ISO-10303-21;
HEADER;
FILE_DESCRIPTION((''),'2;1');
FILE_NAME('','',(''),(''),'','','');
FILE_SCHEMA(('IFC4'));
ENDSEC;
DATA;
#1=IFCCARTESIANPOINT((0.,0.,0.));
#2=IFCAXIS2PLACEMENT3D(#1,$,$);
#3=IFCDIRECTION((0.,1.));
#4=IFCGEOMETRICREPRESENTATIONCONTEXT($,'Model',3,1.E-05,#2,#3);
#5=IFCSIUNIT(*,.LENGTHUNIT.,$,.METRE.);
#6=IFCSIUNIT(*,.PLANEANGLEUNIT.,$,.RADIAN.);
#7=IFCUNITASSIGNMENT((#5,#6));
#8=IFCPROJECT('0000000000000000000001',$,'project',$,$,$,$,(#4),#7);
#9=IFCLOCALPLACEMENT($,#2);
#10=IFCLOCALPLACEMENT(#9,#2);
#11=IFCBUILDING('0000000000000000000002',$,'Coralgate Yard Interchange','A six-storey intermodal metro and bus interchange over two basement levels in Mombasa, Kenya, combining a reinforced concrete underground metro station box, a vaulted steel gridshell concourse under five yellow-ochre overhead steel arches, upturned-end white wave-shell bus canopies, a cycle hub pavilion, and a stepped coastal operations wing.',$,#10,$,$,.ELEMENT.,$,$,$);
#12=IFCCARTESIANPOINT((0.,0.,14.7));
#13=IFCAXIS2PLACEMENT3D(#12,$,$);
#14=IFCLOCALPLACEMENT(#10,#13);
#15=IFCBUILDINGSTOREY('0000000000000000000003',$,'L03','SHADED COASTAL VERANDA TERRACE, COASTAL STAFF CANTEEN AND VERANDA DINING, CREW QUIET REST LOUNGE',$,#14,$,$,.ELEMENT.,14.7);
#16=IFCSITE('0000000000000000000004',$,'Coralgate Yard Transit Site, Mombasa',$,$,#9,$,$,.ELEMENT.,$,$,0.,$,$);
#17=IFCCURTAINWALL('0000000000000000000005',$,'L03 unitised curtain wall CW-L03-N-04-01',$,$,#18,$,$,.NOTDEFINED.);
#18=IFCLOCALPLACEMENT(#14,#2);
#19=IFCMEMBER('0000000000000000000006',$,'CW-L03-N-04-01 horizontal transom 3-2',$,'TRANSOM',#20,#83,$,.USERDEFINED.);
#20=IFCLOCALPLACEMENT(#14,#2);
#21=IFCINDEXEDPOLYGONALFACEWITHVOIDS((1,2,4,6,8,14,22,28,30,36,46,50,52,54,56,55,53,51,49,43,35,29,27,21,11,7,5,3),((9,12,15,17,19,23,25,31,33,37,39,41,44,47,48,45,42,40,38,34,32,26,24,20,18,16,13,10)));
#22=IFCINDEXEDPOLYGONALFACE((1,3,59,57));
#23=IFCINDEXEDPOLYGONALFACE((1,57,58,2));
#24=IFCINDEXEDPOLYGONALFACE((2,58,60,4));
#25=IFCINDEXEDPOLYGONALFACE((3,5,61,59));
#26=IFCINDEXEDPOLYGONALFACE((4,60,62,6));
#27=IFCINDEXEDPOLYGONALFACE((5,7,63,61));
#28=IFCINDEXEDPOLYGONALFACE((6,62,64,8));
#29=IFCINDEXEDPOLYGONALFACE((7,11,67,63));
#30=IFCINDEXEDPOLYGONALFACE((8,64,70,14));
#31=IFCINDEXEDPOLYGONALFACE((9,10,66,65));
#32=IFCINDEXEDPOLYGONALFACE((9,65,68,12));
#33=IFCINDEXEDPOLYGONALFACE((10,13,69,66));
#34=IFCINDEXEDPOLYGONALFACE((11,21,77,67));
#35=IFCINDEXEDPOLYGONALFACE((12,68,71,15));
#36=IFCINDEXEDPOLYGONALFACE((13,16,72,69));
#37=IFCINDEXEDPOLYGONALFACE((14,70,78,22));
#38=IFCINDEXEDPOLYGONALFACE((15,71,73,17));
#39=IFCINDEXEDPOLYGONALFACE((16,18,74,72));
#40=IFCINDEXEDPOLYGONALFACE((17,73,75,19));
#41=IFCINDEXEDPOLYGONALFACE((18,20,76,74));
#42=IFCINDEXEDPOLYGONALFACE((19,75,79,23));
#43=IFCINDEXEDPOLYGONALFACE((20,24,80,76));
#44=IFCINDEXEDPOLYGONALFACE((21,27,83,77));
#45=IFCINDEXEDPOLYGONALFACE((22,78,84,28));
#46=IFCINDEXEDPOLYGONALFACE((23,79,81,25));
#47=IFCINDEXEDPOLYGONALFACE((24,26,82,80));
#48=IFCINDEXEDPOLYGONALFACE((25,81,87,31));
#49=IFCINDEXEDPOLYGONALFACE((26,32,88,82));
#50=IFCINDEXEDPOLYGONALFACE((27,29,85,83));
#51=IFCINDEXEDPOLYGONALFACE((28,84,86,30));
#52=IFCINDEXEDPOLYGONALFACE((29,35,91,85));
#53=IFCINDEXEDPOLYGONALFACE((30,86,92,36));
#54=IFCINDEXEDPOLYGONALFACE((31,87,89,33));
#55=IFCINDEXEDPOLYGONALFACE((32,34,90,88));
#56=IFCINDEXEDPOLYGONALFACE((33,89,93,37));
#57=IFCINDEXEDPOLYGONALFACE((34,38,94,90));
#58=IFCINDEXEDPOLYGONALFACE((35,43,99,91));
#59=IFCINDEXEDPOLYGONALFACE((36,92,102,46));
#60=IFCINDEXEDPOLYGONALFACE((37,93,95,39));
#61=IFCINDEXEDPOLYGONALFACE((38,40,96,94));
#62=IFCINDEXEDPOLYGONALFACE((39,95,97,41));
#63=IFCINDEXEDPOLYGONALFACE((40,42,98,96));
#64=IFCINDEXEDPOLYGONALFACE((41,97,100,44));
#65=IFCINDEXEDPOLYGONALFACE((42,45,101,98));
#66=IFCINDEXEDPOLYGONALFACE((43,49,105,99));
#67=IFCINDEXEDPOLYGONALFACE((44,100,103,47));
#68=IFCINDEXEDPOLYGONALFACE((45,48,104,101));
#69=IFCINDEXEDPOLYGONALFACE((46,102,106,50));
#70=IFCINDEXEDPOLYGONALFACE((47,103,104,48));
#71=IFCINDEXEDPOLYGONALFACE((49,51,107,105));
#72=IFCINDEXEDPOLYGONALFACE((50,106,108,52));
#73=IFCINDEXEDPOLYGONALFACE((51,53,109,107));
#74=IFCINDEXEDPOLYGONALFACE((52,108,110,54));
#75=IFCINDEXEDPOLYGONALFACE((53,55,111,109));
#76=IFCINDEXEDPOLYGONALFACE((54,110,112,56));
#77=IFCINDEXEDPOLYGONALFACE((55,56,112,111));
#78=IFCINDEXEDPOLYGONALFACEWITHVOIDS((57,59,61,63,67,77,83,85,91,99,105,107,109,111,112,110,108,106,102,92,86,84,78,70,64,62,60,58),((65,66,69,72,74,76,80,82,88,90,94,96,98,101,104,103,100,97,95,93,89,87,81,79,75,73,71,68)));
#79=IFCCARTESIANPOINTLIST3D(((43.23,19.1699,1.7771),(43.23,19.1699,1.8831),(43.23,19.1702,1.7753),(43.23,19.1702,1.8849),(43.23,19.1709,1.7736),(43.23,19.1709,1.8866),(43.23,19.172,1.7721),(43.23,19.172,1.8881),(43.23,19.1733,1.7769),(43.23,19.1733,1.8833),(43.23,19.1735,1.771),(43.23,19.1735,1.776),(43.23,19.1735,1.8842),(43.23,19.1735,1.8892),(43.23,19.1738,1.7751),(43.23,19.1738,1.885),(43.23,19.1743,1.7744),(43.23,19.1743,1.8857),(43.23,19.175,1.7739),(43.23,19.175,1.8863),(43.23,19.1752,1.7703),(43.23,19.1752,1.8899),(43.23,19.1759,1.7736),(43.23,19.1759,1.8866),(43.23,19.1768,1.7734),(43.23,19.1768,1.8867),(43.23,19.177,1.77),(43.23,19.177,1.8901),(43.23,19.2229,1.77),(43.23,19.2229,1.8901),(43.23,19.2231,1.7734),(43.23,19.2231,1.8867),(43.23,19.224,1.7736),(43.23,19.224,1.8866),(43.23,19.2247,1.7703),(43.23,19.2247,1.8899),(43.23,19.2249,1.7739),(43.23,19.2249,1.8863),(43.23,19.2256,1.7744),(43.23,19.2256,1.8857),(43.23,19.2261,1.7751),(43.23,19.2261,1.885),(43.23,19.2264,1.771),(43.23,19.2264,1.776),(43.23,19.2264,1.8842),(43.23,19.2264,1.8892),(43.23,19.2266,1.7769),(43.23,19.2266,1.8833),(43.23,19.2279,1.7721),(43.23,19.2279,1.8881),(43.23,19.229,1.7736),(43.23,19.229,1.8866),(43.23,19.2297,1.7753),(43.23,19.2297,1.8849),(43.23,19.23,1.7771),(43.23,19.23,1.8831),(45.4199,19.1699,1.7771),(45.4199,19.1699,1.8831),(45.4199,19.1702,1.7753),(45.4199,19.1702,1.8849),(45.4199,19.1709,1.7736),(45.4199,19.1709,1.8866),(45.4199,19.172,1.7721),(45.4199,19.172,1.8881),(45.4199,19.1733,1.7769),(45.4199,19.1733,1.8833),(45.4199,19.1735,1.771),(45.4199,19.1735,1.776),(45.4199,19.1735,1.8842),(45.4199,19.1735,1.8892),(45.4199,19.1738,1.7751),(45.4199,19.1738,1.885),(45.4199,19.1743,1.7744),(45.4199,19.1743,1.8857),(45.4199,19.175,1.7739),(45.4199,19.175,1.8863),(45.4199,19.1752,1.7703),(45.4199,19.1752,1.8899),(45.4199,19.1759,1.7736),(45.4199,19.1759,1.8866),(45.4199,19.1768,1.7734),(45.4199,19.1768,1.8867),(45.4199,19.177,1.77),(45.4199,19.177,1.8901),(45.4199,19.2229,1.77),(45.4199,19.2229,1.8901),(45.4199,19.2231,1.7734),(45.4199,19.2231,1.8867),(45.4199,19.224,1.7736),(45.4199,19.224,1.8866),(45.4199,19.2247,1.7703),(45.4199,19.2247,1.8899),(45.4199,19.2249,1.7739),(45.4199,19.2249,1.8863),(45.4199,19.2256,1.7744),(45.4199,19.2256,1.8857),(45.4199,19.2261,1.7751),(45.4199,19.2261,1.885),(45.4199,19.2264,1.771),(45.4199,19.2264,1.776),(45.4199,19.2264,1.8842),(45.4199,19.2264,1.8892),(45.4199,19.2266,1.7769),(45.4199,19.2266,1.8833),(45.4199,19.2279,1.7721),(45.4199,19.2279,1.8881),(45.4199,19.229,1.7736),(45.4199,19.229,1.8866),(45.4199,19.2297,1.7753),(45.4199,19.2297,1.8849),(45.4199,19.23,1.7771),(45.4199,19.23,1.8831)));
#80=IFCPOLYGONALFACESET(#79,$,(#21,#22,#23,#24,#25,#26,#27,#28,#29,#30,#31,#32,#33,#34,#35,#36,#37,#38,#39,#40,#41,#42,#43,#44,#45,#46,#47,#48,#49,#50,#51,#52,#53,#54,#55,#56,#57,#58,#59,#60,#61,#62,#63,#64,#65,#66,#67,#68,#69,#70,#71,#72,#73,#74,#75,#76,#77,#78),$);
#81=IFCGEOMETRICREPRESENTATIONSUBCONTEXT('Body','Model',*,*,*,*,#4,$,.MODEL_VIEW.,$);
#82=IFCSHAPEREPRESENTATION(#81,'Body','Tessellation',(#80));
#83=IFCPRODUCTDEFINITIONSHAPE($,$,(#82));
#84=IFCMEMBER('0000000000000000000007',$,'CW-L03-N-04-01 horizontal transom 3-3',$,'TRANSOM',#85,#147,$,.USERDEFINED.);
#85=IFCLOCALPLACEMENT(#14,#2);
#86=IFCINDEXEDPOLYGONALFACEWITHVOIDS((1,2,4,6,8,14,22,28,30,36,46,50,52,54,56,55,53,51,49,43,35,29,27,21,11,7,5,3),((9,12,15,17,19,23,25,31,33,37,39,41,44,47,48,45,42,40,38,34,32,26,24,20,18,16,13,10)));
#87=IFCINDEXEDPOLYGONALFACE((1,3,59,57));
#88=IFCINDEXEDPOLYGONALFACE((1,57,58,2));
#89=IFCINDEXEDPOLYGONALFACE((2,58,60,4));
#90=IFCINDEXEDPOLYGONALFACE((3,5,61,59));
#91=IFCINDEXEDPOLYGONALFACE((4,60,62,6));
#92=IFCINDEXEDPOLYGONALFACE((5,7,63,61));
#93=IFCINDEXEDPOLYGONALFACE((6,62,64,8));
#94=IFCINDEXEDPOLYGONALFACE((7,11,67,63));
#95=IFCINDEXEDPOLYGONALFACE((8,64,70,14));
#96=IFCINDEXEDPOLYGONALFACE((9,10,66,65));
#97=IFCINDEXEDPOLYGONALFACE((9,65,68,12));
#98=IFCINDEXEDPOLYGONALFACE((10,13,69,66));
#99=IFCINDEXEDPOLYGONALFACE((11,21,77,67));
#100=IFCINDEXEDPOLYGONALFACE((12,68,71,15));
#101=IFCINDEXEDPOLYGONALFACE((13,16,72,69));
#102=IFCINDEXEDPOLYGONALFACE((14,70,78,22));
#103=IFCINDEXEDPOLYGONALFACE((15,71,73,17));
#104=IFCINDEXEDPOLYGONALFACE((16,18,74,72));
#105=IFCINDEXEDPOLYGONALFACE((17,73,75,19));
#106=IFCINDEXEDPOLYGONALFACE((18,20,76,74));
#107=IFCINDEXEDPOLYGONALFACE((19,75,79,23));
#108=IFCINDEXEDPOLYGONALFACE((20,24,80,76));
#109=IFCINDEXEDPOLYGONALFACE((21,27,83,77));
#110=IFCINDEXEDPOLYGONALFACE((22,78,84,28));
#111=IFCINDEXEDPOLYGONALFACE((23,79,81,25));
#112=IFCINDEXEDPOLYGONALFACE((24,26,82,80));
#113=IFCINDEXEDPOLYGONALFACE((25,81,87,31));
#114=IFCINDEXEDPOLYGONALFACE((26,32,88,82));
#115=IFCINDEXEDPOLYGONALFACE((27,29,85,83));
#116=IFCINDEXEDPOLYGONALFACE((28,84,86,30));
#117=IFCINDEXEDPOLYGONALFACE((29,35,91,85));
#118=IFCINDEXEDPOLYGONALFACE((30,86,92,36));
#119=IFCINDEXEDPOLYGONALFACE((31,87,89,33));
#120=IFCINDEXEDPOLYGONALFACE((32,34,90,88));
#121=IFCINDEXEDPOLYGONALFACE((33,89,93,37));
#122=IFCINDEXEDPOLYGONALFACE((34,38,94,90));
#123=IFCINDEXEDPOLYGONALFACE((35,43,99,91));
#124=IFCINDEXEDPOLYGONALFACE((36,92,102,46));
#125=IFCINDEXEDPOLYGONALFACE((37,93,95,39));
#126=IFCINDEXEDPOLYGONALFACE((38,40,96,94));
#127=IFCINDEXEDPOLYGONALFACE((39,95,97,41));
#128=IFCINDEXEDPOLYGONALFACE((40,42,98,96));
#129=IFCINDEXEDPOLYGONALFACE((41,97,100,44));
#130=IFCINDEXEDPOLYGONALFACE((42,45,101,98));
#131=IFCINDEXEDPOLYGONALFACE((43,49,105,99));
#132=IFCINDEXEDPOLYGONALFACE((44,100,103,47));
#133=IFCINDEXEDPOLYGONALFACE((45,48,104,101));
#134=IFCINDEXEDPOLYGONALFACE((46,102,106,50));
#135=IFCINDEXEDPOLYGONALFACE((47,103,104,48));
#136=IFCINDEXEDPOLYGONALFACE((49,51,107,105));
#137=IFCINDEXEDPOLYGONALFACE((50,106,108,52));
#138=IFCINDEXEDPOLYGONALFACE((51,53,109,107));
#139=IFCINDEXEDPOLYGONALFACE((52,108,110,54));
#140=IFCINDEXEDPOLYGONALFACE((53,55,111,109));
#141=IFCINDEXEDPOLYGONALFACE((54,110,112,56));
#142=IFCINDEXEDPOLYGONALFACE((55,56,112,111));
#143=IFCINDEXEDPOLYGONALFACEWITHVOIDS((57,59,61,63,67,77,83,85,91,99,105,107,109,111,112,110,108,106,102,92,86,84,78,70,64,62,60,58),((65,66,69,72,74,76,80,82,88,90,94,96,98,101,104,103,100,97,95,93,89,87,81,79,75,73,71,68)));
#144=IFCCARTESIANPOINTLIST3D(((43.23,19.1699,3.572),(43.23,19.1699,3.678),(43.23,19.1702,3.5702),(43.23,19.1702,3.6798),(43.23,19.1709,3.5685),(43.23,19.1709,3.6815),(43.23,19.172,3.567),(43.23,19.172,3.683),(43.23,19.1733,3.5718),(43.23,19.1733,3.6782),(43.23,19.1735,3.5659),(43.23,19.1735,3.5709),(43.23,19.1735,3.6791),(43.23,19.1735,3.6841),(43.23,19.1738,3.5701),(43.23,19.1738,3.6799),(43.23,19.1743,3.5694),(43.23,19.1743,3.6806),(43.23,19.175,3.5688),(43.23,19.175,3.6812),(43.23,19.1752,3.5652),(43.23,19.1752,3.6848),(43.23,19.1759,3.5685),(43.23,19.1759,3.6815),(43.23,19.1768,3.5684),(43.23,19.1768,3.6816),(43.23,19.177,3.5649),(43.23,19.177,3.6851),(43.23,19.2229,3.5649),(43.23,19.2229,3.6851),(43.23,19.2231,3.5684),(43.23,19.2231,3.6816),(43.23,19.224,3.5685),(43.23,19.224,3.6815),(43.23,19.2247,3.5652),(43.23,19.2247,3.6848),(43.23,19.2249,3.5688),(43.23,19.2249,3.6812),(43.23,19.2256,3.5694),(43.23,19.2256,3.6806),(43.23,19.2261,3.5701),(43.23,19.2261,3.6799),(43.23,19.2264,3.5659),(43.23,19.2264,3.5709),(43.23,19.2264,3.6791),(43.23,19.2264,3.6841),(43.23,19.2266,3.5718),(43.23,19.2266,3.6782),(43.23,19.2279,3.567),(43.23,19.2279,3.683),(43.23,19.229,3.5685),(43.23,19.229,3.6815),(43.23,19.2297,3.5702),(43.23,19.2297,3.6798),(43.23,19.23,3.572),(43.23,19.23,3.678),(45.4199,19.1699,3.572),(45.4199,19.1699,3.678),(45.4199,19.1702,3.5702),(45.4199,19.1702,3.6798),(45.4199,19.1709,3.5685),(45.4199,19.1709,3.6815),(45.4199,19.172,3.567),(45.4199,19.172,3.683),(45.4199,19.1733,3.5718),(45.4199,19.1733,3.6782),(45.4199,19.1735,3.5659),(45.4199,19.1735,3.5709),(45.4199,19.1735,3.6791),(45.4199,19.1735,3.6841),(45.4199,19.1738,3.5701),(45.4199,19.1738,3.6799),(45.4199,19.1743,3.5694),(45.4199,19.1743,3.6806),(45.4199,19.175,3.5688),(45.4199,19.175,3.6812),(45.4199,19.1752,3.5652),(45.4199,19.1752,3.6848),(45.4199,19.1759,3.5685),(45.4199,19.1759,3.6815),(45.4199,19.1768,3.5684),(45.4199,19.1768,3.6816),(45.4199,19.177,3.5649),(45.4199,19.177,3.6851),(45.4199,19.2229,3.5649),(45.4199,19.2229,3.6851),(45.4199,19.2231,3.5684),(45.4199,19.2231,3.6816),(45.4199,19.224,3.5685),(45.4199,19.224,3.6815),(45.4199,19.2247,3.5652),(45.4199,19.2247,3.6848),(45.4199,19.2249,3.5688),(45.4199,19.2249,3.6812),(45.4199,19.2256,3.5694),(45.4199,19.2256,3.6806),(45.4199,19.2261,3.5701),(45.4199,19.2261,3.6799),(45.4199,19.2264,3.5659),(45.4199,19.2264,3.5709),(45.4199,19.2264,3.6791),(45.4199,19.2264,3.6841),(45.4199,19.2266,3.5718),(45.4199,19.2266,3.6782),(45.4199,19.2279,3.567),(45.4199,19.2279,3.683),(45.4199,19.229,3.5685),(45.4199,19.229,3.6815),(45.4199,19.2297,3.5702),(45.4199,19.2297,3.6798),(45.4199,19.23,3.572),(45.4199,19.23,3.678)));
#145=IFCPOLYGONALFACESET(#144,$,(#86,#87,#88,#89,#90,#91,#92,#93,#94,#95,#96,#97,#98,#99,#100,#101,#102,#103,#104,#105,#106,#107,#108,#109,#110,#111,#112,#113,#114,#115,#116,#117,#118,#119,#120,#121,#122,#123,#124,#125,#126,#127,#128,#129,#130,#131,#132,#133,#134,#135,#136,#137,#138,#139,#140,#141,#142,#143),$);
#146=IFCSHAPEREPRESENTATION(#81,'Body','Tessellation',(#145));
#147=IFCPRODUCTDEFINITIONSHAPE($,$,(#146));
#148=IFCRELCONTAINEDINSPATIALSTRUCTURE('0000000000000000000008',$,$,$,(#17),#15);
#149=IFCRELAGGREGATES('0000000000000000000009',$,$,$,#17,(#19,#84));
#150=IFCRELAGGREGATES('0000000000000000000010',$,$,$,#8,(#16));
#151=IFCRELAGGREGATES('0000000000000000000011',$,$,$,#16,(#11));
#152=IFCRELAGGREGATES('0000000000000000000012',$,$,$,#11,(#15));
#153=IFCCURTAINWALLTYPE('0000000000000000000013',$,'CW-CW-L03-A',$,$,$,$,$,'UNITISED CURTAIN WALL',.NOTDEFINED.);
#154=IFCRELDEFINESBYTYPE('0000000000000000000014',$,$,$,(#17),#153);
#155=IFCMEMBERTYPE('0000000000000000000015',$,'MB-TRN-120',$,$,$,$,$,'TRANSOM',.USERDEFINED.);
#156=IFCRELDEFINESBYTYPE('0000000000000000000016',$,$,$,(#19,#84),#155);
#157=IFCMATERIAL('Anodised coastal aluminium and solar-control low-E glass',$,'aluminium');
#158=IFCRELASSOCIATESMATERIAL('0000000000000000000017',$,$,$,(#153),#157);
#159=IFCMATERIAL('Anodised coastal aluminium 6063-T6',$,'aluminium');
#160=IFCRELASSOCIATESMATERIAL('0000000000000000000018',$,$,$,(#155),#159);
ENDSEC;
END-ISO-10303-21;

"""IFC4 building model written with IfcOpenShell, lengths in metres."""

from ifc_helpers import new_model, si_unit, direction, frame, origin, origin_2d, place, context, subcontext, project, spatial, hollow_rectangle, extrude, material, material_profile, profile_set, type_object, element, aggregate, save


model = new_model("IFC4")

# Units and contexts
model_context = context("Model", 3, precision=1e-05, world=origin(), true_north=direction((0.0, 1.0)))
body_context = subcontext(model_context, "Body", "Model", "MODEL_VIEW")
ifc_project = project(units=[si_unit("LENGTHUNIT", "METRE"), si_unit("PLANEANGLEUNIT", "RADIAN")], contexts=[model_context])

# Site, building, storey
site_placement = place(None, origin())
site = spatial("IfcSite", under=ifc_project, at=site_placement, Name="Coralgate Yard Transit Site, Mombasa", CompositionType="ELEMENT", RefElevation=0.0)
building_placement = place(site_placement, origin())
building = spatial("IfcBuilding", under=site, at=building_placement, Name="Coralgate Yard Interchange", Description="A six-storey intermodal metro and bus interchange over two basement levels in Mombasa, Kenya, combining a reinforced concrete underground metro station box, a vaulted steel gridshell concourse under five yellow-ochre overhead steel arches, upturned-end white wave-shell bus canopies, a cycle hub pavilion, and a stepped coastal operations wing.", CompositionType="ELEMENT")
storey_placement = place(building_placement, frame((0.0, 0.0, 14.7)))
storey = spatial("IfcBuildingStorey", under=building, at=storey_placement, Name="L03", Description="SHADED COASTAL VERANDA TERRACE, COASTAL STAFF CANTEEN AND VERANDA DINING, CREW QUIET REST LOUNGE", CompositionType="ELEMENT", Elevation=14.7)

# Curtain wall, members
ifc_material_1 = material(Name="Anodised coastal aluminium and solar-control low-E glass", Category="aluminium")
curtain_wall_type = type_object("IfcCurtainWallType", Name="CW-CW-L03-A", ElementType="UNITISED CURTAIN WALL", PredefinedType="NOTDEFINED", material=ifc_material_1)
curtain_wall_placement = place(storey_placement, origin())
curtain_wall = element("IfcCurtainWall", 1, at=curtain_wall_placement, inside=storey, type_object=curtain_wall_type, Name="L03 unitised curtain wall CW-L03-N-04-01", PredefinedType="NOTDEFINED")
ifc_material_2 = material(Name="Anodised coastal aluminium 6063-T6", Category="aluminium")
ifc_material_profile_1 = material_profile(ifc_material_2, hollow_rectangle(XDim=0.0601, YDim=0.1201, WallThickness=0.0034, InnerFilletRadius=0.0034, OuterFilletRadius=0.0071, at=origin_2d()), Name="ALU 60x120x3.5")
ifc_profile_set_1 = profile_set([ifc_material_profile_1], Name="Anodised coastal aluminium 6063-T6")
member_type_1 = type_object("IfcMemberType", Name="MB-TRN-120", ElementType="TRANSOM", PredefinedType="USERDEFINED", material=ifc_profile_set_1)
member_1_placement = place(storey_placement, frame((43.23, 19.2, 1.8301), z_axis=(1.0, 0.0, 0.0), x_axis=(0.0, 1.0, 0.0)))
member_1 = element("IfcMember", 2, at=member_1_placement, type_object=member_type_1, Name="CW-L03-N-04-01 horizontal transom 3-2", ObjectType="TRANSOM", PredefinedType="USERDEFINED", context=body_context, shape_type="SweptSolid", body=[
    extrude(hollow_rectangle(XDim=0.0601, YDim=0.1201, WallThickness=0.0034, InnerFilletRadius=0.0034, OuterFilletRadius=0.0071, at=origin_2d()), origin(), (0.0, 0.0, 1.0), 2.1899),
])
member_2_placement = place(storey_placement, frame((43.23, 19.2, 3.625), z_axis=(1.0, 0.0, 0.0), x_axis=(0.0, 1.0, 0.0)))
member_2 = element("IfcMember", 3, at=member_2_placement, type_object=member_type_1, Name="CW-L03-N-04-01 horizontal transom 3-3", ObjectType="TRANSOM", PredefinedType="USERDEFINED", context=body_context, shape_type="SweptSolid", body=[
    extrude(hollow_rectangle(XDim=0.0601, YDim=0.1201, WallThickness=0.0034, InnerFilletRadius=0.0034, OuterFilletRadius=0.0071, at=origin_2d()), origin(), (0.0, 0.0, 1.0), 2.1899),
])
aggregate(curtain_wall, [member_1, member_2])

save(model, "model.ifc")
